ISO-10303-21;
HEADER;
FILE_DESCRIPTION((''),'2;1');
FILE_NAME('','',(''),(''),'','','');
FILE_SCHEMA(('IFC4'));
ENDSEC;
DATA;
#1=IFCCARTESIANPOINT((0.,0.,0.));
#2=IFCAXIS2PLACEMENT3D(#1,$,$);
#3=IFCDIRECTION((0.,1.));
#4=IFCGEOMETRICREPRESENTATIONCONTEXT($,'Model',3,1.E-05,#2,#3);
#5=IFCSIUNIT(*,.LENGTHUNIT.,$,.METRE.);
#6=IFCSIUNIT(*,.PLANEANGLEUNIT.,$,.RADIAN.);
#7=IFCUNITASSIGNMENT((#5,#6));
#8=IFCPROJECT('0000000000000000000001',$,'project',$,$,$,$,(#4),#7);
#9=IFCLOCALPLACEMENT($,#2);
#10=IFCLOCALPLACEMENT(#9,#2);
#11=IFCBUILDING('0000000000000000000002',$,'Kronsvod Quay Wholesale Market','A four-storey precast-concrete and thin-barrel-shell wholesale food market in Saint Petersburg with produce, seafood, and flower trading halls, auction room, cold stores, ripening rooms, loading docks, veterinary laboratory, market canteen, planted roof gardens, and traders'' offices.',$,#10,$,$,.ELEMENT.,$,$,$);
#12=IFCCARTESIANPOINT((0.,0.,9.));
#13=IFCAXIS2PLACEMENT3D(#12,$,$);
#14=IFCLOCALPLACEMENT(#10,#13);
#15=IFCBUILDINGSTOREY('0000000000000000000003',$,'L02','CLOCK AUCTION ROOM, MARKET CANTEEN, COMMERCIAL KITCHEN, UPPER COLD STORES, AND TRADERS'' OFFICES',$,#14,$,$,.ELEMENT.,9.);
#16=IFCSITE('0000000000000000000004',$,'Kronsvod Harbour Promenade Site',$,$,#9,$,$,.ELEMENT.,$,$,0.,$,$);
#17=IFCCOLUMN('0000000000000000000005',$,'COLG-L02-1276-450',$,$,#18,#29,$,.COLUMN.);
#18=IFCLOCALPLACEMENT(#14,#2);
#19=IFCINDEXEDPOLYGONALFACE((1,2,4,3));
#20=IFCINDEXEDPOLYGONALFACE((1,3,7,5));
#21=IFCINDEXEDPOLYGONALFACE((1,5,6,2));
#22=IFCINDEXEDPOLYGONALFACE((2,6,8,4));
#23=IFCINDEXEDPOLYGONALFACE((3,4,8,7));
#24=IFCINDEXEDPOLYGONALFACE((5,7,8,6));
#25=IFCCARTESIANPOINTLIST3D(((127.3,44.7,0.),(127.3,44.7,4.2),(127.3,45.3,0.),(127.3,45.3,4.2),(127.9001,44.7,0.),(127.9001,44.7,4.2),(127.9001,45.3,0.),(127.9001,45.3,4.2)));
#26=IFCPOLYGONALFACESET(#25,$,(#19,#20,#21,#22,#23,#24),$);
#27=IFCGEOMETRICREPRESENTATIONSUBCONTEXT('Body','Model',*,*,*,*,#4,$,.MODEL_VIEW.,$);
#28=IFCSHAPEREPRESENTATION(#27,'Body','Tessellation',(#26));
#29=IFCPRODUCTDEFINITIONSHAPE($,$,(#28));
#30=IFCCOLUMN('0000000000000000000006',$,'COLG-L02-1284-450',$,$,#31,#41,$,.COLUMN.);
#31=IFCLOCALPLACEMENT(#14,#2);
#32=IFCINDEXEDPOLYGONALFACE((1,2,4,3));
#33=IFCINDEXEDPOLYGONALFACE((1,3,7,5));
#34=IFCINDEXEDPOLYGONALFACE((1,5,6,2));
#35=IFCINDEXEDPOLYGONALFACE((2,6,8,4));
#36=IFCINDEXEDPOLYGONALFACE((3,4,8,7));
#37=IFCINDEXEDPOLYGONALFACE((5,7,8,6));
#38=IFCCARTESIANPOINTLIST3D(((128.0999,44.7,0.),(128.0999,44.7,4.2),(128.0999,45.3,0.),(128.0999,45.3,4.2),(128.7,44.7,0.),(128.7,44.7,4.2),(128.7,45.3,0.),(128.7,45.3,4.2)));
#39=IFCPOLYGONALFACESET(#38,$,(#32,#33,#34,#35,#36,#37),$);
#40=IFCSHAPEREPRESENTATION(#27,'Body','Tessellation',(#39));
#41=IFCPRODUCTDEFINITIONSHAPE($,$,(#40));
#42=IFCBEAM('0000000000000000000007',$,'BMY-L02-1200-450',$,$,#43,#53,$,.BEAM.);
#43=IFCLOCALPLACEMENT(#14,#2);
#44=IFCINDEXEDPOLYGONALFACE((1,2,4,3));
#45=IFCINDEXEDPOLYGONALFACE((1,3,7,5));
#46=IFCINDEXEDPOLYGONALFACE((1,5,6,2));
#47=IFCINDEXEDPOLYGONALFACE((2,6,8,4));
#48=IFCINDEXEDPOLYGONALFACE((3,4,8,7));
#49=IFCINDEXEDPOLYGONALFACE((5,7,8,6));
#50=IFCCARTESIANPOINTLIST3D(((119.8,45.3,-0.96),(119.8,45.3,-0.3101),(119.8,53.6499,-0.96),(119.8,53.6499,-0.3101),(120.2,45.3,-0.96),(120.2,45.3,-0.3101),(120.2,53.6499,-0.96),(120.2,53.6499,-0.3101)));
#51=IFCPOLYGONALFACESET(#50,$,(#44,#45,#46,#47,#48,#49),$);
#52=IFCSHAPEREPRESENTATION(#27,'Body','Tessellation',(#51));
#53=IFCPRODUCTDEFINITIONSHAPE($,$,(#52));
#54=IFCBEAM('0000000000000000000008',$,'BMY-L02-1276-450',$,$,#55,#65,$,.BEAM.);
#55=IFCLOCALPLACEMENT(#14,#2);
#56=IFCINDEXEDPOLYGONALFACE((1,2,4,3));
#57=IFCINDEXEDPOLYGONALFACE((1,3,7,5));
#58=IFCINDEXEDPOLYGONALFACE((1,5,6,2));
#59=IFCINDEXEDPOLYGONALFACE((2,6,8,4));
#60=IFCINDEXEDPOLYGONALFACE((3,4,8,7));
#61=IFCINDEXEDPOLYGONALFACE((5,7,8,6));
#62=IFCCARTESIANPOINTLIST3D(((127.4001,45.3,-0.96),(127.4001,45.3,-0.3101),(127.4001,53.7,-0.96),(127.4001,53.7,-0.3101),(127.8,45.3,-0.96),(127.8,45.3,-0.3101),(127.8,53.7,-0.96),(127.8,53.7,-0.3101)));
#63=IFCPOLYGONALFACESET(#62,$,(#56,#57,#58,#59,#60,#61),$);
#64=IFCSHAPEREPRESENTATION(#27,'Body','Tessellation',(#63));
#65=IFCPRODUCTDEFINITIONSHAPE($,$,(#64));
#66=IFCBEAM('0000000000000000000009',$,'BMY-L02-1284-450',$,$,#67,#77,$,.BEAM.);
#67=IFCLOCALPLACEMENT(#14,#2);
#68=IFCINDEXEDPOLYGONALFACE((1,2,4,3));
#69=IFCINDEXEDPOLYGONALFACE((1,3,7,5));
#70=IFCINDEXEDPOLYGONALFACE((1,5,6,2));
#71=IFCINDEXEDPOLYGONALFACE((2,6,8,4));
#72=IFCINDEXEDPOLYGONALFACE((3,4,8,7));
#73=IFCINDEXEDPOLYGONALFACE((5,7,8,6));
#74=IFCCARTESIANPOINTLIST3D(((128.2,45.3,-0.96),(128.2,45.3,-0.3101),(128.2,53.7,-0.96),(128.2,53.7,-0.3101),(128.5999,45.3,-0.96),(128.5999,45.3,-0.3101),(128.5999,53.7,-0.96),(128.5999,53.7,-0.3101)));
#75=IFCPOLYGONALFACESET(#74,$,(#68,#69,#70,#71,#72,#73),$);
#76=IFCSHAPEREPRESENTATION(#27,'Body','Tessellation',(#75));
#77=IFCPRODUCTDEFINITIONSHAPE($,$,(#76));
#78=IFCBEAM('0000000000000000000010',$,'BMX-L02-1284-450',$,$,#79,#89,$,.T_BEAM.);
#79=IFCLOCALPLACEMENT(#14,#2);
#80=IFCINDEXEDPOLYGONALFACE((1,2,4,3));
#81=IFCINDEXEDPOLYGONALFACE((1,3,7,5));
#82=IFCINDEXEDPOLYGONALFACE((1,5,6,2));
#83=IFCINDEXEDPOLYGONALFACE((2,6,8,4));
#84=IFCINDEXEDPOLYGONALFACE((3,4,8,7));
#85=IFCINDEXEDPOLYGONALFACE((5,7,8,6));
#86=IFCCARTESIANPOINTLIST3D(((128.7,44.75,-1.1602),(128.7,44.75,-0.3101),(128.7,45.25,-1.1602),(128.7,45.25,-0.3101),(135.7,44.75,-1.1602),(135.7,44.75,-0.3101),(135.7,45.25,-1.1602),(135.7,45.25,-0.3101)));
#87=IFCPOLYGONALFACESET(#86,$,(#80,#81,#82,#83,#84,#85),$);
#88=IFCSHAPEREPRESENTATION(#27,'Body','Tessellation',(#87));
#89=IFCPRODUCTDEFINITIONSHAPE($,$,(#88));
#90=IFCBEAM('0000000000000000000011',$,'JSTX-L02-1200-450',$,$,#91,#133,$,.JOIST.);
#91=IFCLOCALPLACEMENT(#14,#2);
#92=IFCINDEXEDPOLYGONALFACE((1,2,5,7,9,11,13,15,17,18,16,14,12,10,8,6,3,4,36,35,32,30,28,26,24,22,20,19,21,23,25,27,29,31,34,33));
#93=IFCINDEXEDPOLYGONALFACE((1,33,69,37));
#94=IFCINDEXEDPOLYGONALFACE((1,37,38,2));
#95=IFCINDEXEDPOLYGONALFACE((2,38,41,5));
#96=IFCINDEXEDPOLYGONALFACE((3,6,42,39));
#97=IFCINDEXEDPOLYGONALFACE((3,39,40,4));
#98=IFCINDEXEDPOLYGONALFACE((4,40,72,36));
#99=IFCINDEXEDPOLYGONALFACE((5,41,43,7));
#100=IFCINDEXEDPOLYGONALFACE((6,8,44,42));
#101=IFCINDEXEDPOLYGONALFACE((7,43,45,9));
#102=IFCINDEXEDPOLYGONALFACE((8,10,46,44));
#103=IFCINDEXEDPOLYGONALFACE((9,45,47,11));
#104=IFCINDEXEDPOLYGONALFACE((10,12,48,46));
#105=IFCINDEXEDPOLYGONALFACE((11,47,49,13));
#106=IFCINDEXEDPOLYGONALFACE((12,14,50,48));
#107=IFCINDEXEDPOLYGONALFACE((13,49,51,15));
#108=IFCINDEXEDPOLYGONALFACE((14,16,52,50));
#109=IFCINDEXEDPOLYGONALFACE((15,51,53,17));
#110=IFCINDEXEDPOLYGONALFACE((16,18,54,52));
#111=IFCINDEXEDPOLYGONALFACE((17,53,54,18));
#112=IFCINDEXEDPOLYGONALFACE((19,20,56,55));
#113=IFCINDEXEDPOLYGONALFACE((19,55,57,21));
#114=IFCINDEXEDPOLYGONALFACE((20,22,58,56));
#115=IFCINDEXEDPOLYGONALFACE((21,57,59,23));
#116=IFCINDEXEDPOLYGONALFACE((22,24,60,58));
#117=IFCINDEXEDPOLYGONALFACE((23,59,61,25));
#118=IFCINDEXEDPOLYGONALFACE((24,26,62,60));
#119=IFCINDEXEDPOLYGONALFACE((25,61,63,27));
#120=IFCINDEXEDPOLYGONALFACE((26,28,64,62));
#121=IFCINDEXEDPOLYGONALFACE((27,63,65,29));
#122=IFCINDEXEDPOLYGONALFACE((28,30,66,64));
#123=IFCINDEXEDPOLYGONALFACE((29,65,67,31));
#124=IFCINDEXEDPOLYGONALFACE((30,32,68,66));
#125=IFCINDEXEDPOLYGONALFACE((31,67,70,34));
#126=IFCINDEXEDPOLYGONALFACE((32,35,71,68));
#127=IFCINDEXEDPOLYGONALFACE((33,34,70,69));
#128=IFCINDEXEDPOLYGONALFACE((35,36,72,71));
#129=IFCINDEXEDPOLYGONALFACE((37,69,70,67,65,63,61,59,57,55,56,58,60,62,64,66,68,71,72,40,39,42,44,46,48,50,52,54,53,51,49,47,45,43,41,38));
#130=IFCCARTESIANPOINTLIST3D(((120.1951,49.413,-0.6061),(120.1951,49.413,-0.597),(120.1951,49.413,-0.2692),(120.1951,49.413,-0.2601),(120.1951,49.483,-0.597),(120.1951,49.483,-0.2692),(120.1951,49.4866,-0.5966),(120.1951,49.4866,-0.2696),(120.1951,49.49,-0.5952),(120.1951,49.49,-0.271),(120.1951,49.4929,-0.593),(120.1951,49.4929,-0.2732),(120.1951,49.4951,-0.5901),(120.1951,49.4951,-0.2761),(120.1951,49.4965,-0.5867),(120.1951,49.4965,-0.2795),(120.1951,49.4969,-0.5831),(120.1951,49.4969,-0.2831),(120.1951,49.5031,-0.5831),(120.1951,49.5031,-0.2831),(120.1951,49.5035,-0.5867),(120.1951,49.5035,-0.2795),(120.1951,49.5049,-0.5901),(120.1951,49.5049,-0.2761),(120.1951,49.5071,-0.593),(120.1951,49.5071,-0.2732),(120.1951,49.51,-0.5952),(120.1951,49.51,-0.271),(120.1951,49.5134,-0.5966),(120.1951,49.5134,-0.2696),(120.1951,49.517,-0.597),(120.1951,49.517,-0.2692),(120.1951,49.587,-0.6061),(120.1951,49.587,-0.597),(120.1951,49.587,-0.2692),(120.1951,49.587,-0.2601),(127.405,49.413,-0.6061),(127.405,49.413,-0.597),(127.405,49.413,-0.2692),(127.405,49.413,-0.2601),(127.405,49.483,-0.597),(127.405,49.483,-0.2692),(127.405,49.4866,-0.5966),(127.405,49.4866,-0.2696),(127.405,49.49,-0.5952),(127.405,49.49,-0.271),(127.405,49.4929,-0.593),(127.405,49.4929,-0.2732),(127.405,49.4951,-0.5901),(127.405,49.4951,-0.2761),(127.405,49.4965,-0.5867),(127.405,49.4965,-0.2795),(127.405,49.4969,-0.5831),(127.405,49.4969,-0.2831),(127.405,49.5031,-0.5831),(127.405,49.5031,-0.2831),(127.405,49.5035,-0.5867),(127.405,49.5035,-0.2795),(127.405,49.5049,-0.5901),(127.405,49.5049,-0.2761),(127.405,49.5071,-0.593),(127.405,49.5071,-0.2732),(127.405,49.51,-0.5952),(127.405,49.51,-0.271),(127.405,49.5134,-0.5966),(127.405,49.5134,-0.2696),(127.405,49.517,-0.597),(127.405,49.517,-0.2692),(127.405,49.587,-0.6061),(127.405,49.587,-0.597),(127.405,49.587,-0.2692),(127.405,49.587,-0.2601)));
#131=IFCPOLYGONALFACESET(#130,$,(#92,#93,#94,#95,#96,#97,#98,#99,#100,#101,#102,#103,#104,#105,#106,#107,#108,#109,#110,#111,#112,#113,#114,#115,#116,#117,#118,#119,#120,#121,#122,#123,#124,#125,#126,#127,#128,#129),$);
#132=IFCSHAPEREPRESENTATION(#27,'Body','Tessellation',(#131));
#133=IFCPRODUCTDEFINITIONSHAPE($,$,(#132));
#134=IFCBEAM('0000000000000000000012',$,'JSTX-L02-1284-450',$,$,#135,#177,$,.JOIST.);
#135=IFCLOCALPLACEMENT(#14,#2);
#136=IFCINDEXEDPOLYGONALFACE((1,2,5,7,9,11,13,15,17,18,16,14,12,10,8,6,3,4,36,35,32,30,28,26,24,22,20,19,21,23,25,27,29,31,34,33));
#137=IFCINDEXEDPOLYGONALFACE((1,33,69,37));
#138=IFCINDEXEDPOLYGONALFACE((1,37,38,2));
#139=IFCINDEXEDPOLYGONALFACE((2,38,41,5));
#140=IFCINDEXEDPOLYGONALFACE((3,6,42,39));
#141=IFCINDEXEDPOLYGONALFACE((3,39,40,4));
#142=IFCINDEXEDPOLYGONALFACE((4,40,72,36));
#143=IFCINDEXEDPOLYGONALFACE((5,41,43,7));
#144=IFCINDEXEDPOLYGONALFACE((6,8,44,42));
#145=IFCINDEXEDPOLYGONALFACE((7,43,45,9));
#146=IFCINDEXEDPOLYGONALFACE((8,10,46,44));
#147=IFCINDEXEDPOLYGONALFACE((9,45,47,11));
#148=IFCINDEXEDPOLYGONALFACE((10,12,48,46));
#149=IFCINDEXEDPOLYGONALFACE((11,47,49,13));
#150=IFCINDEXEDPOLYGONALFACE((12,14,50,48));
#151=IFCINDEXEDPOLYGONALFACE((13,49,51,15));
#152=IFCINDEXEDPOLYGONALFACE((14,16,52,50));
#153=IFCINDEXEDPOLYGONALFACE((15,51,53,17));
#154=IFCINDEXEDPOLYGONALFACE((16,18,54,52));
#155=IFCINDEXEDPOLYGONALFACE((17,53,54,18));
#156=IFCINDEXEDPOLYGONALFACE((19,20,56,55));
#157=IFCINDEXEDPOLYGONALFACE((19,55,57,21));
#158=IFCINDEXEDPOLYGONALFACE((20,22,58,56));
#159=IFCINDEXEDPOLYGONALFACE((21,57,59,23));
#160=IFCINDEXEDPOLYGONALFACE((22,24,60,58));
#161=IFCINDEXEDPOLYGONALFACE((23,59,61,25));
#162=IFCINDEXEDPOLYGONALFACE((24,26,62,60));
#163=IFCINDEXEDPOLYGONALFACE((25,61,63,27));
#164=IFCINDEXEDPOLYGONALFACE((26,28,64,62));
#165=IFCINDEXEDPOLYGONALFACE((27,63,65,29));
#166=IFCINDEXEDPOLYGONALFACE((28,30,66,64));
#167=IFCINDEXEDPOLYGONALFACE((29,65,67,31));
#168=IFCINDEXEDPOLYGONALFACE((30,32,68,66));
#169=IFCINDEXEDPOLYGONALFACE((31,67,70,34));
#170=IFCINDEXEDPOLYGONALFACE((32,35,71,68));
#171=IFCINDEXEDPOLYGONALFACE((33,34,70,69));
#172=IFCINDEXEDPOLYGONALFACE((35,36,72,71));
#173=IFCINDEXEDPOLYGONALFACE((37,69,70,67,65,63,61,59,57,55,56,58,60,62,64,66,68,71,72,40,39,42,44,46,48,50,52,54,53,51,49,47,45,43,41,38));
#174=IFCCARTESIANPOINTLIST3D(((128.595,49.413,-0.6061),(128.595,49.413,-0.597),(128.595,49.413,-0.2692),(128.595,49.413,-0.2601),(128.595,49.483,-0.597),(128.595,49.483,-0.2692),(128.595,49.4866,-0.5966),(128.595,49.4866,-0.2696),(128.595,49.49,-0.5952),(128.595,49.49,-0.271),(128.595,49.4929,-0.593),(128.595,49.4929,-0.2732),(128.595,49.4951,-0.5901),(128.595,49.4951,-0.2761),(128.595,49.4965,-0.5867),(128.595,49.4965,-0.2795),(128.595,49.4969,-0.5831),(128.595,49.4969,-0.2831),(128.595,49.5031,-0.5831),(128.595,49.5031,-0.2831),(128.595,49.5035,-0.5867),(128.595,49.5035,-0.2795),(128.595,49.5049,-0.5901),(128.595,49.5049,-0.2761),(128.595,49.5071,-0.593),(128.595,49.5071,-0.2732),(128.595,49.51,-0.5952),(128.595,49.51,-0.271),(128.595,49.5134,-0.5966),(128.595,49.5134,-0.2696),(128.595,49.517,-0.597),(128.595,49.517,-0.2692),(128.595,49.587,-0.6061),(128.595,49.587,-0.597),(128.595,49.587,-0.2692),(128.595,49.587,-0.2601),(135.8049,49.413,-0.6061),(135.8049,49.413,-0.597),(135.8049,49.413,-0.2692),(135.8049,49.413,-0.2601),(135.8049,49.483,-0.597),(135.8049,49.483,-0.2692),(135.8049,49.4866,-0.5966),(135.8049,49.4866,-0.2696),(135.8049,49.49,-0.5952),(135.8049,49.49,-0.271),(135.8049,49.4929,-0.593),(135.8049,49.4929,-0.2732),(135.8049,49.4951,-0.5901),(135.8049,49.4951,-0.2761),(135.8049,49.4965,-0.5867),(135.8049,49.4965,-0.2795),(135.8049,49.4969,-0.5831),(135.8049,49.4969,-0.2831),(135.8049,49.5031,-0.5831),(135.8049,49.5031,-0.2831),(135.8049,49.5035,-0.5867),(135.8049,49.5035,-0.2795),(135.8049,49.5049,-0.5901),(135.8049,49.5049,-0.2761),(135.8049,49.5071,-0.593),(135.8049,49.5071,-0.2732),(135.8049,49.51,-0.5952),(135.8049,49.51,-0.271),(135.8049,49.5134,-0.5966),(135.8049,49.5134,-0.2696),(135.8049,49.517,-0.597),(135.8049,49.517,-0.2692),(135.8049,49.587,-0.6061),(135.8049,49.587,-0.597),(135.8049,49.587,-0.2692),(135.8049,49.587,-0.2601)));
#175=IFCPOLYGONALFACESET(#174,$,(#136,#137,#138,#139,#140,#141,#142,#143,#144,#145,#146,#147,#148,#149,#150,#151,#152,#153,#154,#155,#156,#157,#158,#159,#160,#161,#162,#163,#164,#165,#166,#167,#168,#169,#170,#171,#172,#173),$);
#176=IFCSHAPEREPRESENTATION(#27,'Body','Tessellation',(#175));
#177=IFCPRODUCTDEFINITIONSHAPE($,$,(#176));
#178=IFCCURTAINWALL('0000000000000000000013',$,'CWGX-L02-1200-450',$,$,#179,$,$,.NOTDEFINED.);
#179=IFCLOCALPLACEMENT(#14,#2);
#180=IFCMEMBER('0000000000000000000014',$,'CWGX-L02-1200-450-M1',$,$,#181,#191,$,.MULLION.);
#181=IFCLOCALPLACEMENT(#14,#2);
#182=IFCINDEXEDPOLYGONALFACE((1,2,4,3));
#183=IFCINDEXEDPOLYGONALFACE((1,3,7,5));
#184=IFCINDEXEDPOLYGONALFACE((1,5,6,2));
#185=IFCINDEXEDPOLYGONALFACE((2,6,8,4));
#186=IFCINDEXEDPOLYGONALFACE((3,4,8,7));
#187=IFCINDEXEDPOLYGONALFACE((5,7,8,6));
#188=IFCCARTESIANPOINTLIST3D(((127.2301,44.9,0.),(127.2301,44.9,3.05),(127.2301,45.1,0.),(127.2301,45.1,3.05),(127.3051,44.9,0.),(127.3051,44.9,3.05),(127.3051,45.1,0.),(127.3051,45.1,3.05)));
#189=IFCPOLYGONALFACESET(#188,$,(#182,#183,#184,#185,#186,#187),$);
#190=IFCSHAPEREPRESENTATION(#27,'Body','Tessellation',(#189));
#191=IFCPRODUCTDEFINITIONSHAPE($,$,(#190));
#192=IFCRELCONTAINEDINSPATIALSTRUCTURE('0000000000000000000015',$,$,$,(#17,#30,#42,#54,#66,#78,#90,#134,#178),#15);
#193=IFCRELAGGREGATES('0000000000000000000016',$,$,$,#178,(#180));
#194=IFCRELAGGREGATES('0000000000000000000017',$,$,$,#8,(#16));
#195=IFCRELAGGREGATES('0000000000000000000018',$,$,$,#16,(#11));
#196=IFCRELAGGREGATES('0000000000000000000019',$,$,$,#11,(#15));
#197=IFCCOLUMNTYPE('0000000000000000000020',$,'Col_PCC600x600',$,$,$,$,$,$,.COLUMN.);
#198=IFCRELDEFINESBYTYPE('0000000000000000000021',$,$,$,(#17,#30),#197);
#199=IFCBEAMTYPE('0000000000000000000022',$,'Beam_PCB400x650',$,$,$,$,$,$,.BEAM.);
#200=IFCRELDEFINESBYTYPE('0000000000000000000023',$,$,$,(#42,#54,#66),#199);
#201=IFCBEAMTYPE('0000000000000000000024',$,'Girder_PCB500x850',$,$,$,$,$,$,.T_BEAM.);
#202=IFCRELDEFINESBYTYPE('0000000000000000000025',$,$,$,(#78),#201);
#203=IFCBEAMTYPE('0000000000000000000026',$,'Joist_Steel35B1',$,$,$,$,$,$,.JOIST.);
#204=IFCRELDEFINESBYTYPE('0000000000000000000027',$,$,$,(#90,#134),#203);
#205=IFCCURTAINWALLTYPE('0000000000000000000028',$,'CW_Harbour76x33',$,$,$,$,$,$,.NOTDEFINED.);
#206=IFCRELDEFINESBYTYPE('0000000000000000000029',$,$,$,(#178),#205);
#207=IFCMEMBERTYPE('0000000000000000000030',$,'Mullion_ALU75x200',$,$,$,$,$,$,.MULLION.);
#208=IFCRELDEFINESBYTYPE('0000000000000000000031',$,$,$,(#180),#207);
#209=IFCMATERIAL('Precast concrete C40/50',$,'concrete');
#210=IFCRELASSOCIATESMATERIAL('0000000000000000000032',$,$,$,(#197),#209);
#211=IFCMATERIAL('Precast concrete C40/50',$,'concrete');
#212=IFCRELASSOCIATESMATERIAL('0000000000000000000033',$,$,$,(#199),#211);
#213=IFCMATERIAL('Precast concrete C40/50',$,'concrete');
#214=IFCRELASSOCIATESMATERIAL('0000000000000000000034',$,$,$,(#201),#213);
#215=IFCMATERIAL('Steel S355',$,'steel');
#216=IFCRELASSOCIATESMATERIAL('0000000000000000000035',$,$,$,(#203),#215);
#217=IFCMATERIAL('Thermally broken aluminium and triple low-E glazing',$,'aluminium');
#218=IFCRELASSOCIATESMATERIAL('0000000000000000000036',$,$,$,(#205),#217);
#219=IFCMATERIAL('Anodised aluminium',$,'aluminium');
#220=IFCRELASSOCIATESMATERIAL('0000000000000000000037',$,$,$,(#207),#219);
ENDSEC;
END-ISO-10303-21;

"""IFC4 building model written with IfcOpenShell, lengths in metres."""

from ifc_helpers import new_model, si_unit, direction, frame, origin, origin_2d, place, context, subcontext, project, spatial, rectangle, i_section, extrude, material, material_profile, profile_set, type_object, element, aggregate, save


model = new_model("IFC4")

# Units and contexts
model_context = context("Model", 3, precision=1e-05, world=origin(), true_north=direction((0.0, 1.0)))
body_context = subcontext(model_context, "Body", "Model", "MODEL_VIEW")
ifc_project = project(units=[si_unit("LENGTHUNIT", "METRE"), si_unit("PLANEANGLEUNIT", "RADIAN")], contexts=[model_context])

# Site, building, storey
site_placement = place(None, origin())
site = spatial("IfcSite", under=ifc_project, at=site_placement, Name="Kronsvod Harbour Promenade Site", CompositionType="ELEMENT", RefElevation=0.0)
building_placement = place(site_placement, origin())
building = spatial("IfcBuilding", under=site, at=building_placement, Name="Kronsvod Quay Wholesale Market", Description="A four-storey precast-concrete and thin-barrel-shell wholesale food market in Saint Petersburg with produce, seafood, and flower trading halls, auction room, cold stores, ripening rooms, loading docks, veterinary laboratory, market canteen, planted roof gardens, and traders' offices.", CompositionType="ELEMENT")
storey_placement = place(building_placement, frame((0.0, 0.0, 9.0)))
storey = spatial("IfcBuildingStorey", under=building, at=storey_placement, Name="L02", Description="CLOCK AUCTION ROOM, MARKET CANTEEN, COMMERCIAL KITCHEN, UPPER COLD STORES, AND TRADERS' OFFICES", CompositionType="ELEMENT", Elevation=9.0)

# Columns
ifc_material_1 = material(Name="Precast concrete C40/50", Category="concrete")
ifc_material_profile_1 = material_profile(ifc_material_1, rectangle(XDim=0.6001, YDim=0.6001, at=origin_2d()), Name="PCC600x600")
ifc_profile_set_1 = profile_set([ifc_material_profile_1], Name="Precast concrete C40/50")
column_type = type_object("IfcColumnType", Name="Col_PCC600x600", PredefinedType="COLUMN", material=ifc_profile_set_1)
for number, where, z_axis, x_axis, name in (
    (1, (127.6001, 45.0, 0.0), (0.0, 0.0, 1.0), (1.0, 0.0, 0.0), "COLG-L02-1276-450"),
    (2, (128.3999, 45.0, 0.0), (0.0, 0.0, 1.0), (1.0, 0.0, 0.0), "COLG-L02-1284-450"),
):
    element("IfcColumn", number, at=place(storey_placement, frame(where, z_axis=z_axis, x_axis=x_axis)), inside=storey, type_object=column_type, Name=name, PredefinedType="COLUMN", context=body_context, shape_type="SweptSolid", body=[
        extrude(rectangle(XDim=0.6001, YDim=0.6001, at=origin_2d()), origin(), (0.0, 0.0, 1.0), 4.2),
    ])

# Beams
ifc_material_2 = material(Name="Precast concrete C40/50", Category="concrete")
ifc_material_profile_2 = material_profile(ifc_material_2, rectangle(XDim=0.3999, YDim=0.6499, at=origin_2d()), Name="PCB400x650")
ifc_profile_set_2 = profile_set([ifc_material_profile_2], Name="Precast concrete C40/50")
beam_type_1 = type_object("IfcBeamType", Name="Beam_PCB400x650", PredefinedType="BEAM", material=ifc_profile_set_2)
beam_1_placement = place(storey_placement, frame((120.0, 45.3, -0.635), z_axis=(0.0, 1.0, 0.0), x_axis=(-1.0, 0.0, 0.0)))
element("IfcBeam", 3, at=beam_1_placement, inside=storey, type_object=beam_type_1, Name="BMY-L02-1200-450", PredefinedType="BEAM", context=body_context, shape_type="SweptSolid", body=[
    extrude(rectangle(XDim=0.3999, YDim=0.6499, at=origin_2d()), origin(), (0.0, 0.0, 1.0), 8.3499),
])
for number, where, z_axis, x_axis, name in (
    (4, (127.6001, 45.3, -0.635), (0.0, 1.0, 0.0), (-1.0, 0.0, 0.0), "BMY-L02-1276-450"),
    (5, (128.3999, 45.3, -0.635), (0.0, 1.0, 0.0), (-1.0, 0.0, 0.0), "BMY-L02-1284-450"),
):
    element("IfcBeam", number, at=place(storey_placement, frame(where, z_axis=z_axis, x_axis=x_axis)), inside=storey, type_object=beam_type_1, Name=name, PredefinedType="BEAM", context=body_context, shape_type="SweptSolid", body=[
        extrude(rectangle(XDim=0.3999, YDim=0.6499, at=origin_2d()), origin(), (0.0, 0.0, 1.0), 8.3999),
    ])
ifc_material_3 = material(Name="Precast concrete C40/50", Category="concrete")
ifc_material_profile_3 = material_profile(ifc_material_3, rectangle(XDim=0.5, YDim=0.8501, at=origin_2d()), Name="PCB500x850")
ifc_profile_set_3 = profile_set([ifc_material_profile_3], Name="Precast concrete C40/50")
beam_type_2 = type_object("IfcBeamType", Name="Girder_PCB500x850", PredefinedType="T_BEAM", material=ifc_profile_set_3)
beam_2_placement = place(storey_placement, frame((128.7, 45.0, -0.7351), z_axis=(1.0, 0.0, 0.0), x_axis=(0.0, 1.0, 0.0)))
element("IfcBeam", 6, at=beam_2_placement, inside=storey, type_object=beam_type_2, Name="BMX-L02-1284-450", PredefinedType="T_BEAM", context=body_context, shape_type="SweptSolid", body=[
    extrude(rectangle(XDim=0.5, YDim=0.8501, at=origin_2d()), origin(), (0.0, 0.0, 1.0), 7.0),
])
ifc_material_4 = material(Name="Steel S355", Category="steel")
ifc_material_profile_4 = material_profile(ifc_material_4, i_section(OverallWidth=0.1741, OverallDepth=0.3459, WebThickness=0.0061, FlangeThickness=0.009, FilletRadius=0.0139, at=origin_2d()), Name="35B1")
ifc_profile_set_4 = profile_set([ifc_material_profile_4], Name="Steel S355")
beam_type_3 = type_object("IfcBeamType", Name="Joist_Steel35B1", PredefinedType="JOIST", material=ifc_profile_set_4)
for number, where, z_axis, x_axis, name in (
    (7, (120.1951, 49.5, -0.4331), (1.0, 0.0, 0.0), (0.0, 1.0, 0.0), "JSTX-L02-1200-450"),
    (8, (128.595, 49.5, -0.4331), (1.0, 0.0, 0.0), (0.0, 1.0, 0.0), "JSTX-L02-1284-450"),
):
    element("IfcBeam", number, at=place(storey_placement, frame(where, z_axis=z_axis, x_axis=x_axis)), inside=storey, type_object=beam_type_3, Name=name, PredefinedType="JOIST", context=body_context, shape_type="SweptSolid", body=[
        extrude(i_section(OverallWidth=0.1741, OverallDepth=0.3459, WebThickness=0.0061, FlangeThickness=0.009, FilletRadius=0.0139, at=origin_2d()), origin(), (0.0, 0.0, 1.0), 7.21),
    ])

# Curtain wall, member
ifc_material_5 = material(Name="Thermally broken aluminium and triple low-E glazing", Category="aluminium")
curtain_wall_type = type_object("IfcCurtainWallType", Name="CW_Harbour76x33", PredefinedType="NOTDEFINED", material=ifc_material_5)
curtain_wall_placement = place(storey_placement, origin())
curtain_wall = element("IfcCurtainWall", 9, at=curtain_wall_placement, inside=storey, type_object=curtain_wall_type, Name="CWGX-L02-1200-450", PredefinedType="NOTDEFINED")
ifc_material_6 = material(Name="Anodised aluminium", Category="aluminium")
ifc_material_profile_5 = material_profile(ifc_material_6, rectangle(XDim=0.075, YDim=0.2, at=origin_2d()), Name="ALUM75x200")
ifc_profile_set_5 = profile_set([ifc_material_profile_5], Name="Anodised aluminium")
member_type_1 = type_object("IfcMemberType", Name="Mullion_ALU75x200", PredefinedType="MULLION", material=ifc_profile_set_5)
member_1_placement = place(storey_placement, frame((127.2676, 45.0, 0.0), z_axis=(0.0, 0.0, 1.0), x_axis=(1.0, 0.0, 0.0)))
member_1 = element("IfcMember", 10, at=member_1_placement, type_object=member_type_1, Name="CWGX-L02-1200-450-M1", PredefinedType="MULLION", context=body_context, shape_type="SweptSolid", body=[
    extrude(rectangle(XDim=0.075, YDim=0.2, at=origin_2d()), origin(), (0.0, 0.0, 1.0), 3.05),
])
aggregate(curtain_wall, [member_1])

save(model, "model.ifc")
